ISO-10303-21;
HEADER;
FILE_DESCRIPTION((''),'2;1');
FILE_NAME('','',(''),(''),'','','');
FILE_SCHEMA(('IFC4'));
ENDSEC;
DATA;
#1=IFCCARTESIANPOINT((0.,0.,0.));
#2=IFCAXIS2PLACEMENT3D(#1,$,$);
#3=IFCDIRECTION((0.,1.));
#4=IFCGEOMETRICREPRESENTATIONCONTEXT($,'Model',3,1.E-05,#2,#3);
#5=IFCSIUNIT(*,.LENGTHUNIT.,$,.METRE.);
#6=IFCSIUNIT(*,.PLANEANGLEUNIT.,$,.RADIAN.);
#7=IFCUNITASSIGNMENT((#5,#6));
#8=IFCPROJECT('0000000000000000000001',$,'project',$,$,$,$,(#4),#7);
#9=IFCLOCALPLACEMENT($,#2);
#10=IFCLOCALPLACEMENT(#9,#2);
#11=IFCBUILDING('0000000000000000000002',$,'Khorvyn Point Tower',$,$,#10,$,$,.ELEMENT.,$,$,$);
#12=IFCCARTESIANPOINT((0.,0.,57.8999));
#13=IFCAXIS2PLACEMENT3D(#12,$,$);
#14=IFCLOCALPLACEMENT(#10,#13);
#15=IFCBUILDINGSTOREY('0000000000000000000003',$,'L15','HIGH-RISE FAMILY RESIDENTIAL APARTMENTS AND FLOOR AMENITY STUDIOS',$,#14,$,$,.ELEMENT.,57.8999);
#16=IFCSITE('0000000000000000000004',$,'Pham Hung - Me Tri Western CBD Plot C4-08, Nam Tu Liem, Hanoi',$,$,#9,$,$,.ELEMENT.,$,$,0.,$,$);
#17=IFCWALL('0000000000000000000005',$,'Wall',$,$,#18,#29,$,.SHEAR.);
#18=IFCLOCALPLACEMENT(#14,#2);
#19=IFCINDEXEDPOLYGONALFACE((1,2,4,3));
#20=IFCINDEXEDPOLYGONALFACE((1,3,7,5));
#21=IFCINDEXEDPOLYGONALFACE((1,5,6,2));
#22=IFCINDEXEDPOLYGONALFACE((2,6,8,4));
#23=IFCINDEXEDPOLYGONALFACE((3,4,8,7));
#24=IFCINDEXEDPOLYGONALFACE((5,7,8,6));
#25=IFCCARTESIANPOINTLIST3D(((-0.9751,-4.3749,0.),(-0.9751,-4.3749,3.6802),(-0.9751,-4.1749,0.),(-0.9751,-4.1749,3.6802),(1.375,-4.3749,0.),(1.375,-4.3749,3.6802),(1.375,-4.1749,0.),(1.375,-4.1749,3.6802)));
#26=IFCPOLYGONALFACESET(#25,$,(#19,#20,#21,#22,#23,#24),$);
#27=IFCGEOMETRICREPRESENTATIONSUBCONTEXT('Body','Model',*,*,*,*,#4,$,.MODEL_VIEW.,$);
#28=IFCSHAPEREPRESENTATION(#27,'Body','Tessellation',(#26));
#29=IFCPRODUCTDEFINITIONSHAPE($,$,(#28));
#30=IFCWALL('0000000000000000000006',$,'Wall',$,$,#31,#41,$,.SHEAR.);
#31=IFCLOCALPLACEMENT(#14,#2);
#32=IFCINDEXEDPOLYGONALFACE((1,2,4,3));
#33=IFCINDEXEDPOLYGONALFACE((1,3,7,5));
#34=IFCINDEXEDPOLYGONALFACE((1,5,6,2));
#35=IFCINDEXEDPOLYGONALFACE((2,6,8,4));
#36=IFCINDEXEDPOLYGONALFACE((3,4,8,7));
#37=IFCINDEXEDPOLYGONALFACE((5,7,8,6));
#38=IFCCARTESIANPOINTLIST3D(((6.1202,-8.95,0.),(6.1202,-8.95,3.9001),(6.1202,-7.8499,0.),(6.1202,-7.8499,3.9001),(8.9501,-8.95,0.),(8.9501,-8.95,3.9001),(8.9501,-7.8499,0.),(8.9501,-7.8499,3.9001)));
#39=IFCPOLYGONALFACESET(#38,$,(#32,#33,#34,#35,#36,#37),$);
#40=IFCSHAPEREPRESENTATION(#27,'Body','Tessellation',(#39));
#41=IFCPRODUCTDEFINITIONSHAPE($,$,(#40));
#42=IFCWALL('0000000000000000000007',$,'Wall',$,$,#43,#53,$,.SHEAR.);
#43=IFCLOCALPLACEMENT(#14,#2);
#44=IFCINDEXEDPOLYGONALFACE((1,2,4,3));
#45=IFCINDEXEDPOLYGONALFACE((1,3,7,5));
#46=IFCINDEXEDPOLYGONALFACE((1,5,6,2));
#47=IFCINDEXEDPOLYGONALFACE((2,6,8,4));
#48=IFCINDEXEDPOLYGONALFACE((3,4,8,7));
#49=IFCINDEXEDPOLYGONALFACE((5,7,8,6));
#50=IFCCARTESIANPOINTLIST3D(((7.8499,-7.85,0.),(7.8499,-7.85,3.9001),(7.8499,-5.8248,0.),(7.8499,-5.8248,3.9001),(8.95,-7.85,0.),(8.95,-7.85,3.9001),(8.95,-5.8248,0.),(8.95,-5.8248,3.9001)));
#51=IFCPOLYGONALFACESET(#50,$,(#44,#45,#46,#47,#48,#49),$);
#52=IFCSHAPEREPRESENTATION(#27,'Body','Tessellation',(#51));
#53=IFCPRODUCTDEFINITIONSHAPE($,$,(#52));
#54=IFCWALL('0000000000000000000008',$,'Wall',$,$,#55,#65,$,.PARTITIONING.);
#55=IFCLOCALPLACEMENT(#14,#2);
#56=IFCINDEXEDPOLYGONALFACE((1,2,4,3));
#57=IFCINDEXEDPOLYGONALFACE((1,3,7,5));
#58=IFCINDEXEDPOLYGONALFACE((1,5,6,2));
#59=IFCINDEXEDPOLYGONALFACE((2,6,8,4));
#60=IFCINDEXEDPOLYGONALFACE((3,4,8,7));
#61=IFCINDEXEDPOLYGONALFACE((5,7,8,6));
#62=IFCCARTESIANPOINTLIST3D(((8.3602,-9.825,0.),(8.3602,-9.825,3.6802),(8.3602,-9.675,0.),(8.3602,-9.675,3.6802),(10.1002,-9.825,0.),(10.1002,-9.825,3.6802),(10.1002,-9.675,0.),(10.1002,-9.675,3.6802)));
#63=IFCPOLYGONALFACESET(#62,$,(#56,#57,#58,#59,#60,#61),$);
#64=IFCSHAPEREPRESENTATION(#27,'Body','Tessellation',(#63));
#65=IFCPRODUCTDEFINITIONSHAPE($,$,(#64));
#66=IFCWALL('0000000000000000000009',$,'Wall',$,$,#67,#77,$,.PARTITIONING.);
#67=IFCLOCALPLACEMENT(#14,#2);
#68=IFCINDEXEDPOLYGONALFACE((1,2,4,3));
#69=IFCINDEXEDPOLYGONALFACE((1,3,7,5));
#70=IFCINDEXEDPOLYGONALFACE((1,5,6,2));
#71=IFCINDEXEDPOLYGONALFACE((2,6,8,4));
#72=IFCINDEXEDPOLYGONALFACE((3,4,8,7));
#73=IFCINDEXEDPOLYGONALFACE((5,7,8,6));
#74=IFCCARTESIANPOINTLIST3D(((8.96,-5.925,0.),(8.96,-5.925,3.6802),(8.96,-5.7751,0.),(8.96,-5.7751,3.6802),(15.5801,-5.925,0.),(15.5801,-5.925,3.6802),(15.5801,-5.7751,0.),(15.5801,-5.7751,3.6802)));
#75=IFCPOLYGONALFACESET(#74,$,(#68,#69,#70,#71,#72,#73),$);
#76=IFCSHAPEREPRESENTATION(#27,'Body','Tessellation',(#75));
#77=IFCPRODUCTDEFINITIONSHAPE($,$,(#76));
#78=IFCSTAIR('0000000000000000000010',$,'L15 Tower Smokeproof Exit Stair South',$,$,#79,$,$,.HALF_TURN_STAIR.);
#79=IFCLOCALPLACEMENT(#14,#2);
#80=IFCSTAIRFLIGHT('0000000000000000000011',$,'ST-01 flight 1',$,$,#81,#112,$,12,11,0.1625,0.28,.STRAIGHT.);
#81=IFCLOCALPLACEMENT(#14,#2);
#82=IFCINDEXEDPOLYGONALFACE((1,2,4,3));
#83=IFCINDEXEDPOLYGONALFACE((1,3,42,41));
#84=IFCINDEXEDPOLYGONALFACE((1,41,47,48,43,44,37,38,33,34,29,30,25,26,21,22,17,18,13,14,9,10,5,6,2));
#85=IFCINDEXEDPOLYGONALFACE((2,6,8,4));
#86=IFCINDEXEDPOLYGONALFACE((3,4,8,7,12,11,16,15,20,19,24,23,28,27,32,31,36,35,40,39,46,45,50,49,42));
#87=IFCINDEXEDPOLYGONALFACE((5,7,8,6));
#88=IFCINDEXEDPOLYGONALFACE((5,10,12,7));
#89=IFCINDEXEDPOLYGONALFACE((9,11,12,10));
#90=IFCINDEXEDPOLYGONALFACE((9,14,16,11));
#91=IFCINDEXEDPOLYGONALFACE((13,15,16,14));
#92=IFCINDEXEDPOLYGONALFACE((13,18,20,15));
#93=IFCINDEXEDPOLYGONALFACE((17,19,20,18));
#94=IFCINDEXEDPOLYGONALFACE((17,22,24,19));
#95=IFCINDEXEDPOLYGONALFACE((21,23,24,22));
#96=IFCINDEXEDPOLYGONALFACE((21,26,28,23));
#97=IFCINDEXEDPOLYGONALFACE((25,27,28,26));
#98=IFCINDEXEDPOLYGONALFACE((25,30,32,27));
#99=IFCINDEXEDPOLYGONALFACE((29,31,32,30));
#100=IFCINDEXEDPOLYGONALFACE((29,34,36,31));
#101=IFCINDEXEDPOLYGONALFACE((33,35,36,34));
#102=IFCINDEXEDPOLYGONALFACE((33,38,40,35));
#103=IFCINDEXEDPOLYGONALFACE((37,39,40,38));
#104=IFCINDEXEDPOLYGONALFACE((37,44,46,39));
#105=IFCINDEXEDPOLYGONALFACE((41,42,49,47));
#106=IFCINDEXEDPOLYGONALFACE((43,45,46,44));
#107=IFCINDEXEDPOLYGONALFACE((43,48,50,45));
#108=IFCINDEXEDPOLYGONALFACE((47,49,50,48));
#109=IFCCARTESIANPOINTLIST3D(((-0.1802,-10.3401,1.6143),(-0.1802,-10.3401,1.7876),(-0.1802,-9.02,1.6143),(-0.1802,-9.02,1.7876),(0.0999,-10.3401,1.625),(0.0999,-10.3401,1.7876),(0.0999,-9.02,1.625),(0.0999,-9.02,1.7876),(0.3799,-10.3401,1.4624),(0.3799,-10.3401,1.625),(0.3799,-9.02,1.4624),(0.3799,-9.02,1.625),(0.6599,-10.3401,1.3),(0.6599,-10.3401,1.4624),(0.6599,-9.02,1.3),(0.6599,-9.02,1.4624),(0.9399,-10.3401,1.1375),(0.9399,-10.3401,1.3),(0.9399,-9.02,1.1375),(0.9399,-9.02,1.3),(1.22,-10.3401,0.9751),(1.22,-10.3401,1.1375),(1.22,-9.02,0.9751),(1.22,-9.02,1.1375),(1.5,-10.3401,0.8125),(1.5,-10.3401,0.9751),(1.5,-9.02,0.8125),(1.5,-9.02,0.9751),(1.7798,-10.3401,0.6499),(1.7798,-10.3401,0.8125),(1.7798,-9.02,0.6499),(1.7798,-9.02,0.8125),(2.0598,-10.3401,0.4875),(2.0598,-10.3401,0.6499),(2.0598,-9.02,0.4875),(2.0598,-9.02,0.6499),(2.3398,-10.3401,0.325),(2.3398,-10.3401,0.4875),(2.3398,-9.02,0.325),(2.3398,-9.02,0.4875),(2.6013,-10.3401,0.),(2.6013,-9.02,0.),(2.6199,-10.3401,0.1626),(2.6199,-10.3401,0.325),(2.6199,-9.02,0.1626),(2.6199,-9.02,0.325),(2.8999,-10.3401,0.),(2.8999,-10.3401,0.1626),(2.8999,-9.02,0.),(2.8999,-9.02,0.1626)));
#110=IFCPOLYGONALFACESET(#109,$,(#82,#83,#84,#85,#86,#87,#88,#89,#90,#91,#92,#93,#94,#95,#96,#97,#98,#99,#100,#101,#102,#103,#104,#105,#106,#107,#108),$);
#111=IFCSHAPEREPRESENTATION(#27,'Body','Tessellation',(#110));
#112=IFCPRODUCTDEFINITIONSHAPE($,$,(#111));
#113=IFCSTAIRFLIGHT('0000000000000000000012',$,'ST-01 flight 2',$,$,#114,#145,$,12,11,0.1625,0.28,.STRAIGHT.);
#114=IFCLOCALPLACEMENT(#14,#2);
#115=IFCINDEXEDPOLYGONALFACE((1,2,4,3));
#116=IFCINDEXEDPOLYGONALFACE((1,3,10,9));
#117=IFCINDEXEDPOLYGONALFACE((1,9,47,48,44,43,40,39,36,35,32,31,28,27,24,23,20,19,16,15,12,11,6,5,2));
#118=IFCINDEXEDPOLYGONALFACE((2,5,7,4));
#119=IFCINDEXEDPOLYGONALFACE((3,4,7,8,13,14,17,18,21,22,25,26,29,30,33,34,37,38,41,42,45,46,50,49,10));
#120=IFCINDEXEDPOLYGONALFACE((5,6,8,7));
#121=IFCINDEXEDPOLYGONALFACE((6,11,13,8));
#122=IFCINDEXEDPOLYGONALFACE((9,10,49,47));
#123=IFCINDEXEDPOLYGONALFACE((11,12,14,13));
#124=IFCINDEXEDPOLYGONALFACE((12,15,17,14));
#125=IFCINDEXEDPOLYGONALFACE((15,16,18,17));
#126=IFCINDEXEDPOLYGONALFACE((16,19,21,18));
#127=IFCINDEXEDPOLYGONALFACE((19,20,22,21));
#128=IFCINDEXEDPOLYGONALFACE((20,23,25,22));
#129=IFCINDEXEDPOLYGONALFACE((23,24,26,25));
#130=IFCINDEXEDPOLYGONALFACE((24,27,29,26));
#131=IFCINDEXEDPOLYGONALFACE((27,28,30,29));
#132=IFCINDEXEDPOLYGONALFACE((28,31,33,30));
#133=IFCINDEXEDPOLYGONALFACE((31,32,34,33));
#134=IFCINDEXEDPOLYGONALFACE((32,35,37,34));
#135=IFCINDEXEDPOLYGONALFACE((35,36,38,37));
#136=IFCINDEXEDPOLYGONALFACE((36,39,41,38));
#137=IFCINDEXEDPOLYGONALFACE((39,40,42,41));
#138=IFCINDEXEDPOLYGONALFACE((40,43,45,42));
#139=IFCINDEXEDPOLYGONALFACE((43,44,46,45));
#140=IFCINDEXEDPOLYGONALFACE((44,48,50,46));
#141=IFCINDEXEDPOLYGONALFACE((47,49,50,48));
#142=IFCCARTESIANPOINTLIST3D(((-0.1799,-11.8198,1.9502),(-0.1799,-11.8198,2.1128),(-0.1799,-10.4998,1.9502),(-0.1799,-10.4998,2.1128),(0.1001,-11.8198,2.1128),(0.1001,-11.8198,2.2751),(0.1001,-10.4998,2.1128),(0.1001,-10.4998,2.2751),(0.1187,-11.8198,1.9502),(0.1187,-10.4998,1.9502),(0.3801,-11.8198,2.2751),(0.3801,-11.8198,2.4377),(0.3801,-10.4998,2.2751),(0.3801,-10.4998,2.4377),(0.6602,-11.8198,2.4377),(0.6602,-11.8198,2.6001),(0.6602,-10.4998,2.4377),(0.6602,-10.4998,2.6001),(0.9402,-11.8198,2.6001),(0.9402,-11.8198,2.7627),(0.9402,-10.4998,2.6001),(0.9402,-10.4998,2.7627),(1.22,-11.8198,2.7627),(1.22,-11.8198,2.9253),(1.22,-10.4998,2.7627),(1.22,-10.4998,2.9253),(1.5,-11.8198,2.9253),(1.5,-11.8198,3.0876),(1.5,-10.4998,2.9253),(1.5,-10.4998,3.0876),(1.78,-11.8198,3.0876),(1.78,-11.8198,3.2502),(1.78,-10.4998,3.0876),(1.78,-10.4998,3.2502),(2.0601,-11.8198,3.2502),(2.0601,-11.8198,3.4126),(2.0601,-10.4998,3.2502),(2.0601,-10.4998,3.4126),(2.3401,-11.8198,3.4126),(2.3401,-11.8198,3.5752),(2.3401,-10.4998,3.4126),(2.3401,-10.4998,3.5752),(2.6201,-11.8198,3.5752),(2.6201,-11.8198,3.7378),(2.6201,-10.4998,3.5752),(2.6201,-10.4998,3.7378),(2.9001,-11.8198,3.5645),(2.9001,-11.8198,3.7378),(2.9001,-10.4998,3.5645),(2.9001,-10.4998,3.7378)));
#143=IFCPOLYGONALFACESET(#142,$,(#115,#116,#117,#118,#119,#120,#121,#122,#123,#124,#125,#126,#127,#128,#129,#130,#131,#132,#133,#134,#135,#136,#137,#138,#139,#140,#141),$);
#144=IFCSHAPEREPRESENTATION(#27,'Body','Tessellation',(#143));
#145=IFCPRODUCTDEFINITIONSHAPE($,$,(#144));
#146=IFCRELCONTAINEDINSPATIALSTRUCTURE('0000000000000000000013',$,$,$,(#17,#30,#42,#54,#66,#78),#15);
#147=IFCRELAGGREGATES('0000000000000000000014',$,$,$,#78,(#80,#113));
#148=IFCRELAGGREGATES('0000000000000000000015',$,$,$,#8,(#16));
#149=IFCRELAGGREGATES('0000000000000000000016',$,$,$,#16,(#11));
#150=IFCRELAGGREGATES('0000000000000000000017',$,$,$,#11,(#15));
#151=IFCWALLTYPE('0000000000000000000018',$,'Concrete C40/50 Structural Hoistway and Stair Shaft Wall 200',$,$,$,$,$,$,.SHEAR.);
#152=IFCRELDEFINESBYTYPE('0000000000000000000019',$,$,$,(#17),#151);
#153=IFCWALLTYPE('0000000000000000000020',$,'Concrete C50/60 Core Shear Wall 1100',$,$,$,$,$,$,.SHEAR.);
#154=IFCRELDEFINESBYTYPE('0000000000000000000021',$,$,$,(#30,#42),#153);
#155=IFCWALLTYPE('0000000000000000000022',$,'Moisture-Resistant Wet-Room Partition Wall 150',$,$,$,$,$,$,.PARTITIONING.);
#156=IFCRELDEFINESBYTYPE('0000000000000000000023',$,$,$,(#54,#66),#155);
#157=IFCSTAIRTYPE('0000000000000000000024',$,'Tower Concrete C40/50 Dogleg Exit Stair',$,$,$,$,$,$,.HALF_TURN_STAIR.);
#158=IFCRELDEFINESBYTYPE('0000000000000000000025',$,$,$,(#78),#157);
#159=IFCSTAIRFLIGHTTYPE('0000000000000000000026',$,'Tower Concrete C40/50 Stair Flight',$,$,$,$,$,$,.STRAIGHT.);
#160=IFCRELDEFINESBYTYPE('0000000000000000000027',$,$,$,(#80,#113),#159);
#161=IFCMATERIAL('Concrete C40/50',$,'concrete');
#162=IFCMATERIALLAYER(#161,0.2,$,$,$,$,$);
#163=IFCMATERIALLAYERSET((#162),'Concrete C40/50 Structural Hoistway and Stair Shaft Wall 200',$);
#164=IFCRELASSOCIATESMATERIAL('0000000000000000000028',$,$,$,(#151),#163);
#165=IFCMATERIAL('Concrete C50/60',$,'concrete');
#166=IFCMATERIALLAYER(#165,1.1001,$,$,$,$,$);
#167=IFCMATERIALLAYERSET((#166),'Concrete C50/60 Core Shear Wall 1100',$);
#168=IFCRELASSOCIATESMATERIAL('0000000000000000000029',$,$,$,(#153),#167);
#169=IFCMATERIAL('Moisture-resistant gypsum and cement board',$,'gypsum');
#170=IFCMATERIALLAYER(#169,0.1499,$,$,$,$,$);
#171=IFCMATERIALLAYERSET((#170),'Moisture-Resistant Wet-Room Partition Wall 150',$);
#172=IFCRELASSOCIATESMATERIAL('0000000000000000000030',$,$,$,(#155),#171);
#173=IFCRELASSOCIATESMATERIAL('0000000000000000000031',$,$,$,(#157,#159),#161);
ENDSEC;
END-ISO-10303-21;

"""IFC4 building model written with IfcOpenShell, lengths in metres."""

from ifc_helpers import new_model, si_unit, direction, frame, frame_2d, origin, place, context, subcontext, project, spatial, polyline, rectangle, outline, extrude, material, layer, layer_set, type_object, element, aggregate, save


model = new_model("IFC4")

# Units and contexts
model_context = context("Model", 3, precision=1e-05, world=origin(), true_north=direction((0.0, 1.0)))
body_context = subcontext(model_context, "Body", "Model", "MODEL_VIEW")
ifc_project = project(units=[si_unit("LENGTHUNIT", "METRE"), si_unit("PLANEANGLEUNIT", "RADIAN")], contexts=[model_context])

# Site, building, storey
site_placement = place(None, origin())
site = spatial("IfcSite", under=ifc_project, at=site_placement, Name="Pham Hung - Me Tri Western CBD Plot C4-08, Nam Tu Liem, Hanoi", CompositionType="ELEMENT", RefElevation=0.0)
building_placement = place(site_placement, origin())
building = spatial("IfcBuilding", under=site, at=building_placement, Name="Khorvyn Point Tower", CompositionType="ELEMENT")
storey_placement = place(building_placement, frame((0.0, 0.0, 57.8999)))
storey = spatial("IfcBuildingStorey", under=building, at=storey_placement, Name="L15", Description="HIGH-RISE FAMILY RESIDENTIAL APARTMENTS AND FLOOR AMENITY STUDIOS", CompositionType="ELEMENT", Elevation=57.8999)

# Shared definitions
ifc_material_1 = material(Name="Concrete C50/60", Category="concrete")

# Shared definitions
ifc_material_2 = material(Name="Concrete C40/50", Category="concrete")

# Shared definitions
ifc_layer_1 = layer(ifc_material_2, 0.2)
ifc_layer_set_1 = layer_set([ifc_layer_1], Name="Concrete C40/50 Structural Hoistway and Stair Shaft Wall 200")
wall_type_1 = type_object("IfcWallType", Name="Concrete C40/50 Structural Hoistway and Stair Shaft Wall 200", PredefinedType="SHEAR", material=ifc_layer_set_1)

# Walls
for number, where, z_axis, x_axis, name in (
    (1, (-0.9751, -4.2749, 0.0), (0.0, 0.0, 1.0), (1.0, 0.0, 0.0), "Wall"),
):
    element("IfcWall", number, at=place(storey_placement, frame(where, z_axis=z_axis, x_axis=x_axis)), inside=storey, type_object=wall_type_1, Name=name, PredefinedType="SHEAR", context=body_context, shape_type="SweptSolid", body=[
        extrude(rectangle(XDim=2.3501, YDim=0.2, at=frame_2d((1.175, 0.0))), origin(), (0.0, 0.0, 1.0), 3.6802),
    ])
ifc_layer_2 = layer(ifc_material_1, 1.1001)
ifc_layer_set_2 = layer_set([ifc_layer_2], Name="Concrete C50/60 Core Shear Wall 1100")
wall_type_2 = type_object("IfcWallType", Name="Concrete C50/60 Core Shear Wall 1100", PredefinedType="SHEAR", material=ifc_layer_set_2)
wall_1_placement = place(storey_placement, frame((6.1201, -8.3999, 0.0), z_axis=(0.0, 0.0, 1.0), x_axis=(1.0, 0.0, 0.0)))
element("IfcWall", 2, at=wall_1_placement, inside=storey, type_object=wall_type_2, Name="Wall", PredefinedType="SHEAR", context=body_context, shape_type="SweptSolid", body=[
    extrude(rectangle(XDim=2.8298, YDim=1.1001, at=frame_2d((1.415, 0.0))), origin(), (0.0, 0.0, 1.0), 3.9001),
])
wall_2_placement = place(storey_placement, frame((8.3999, -7.8501, 0.0), z_axis=(0.0, 0.0, 1.0), x_axis=(0.0, 1.0, 0.0)))
element("IfcWall", 3, at=wall_2_placement, inside=storey, type_object=wall_type_2, Name="Wall", PredefinedType="SHEAR", context=body_context, shape_type="SweptSolid", body=[
    extrude(rectangle(XDim=2.0251, YDim=1.1001, at=frame_2d((1.0127, 0.0))), origin(), (0.0, 0.0, 1.0), 3.9001),
])
ifc_material_3 = material(Name="Moisture-resistant gypsum and cement board", Category="gypsum")
ifc_layer_3 = layer(ifc_material_3, 0.1499)
ifc_layer_set_3 = layer_set([ifc_layer_3], Name="Moisture-Resistant Wet-Room Partition Wall 150")
wall_type_3 = type_object("IfcWallType", Name="Moisture-Resistant Wet-Room Partition Wall 150", PredefinedType="PARTITIONING", material=ifc_layer_set_3)
wall_3_placement = place(storey_placement, frame((8.3601, -9.75, 0.0), z_axis=(0.0, 0.0, 1.0), x_axis=(1.0, 0.0, 0.0)))
element("IfcWall", 4, at=wall_3_placement, inside=storey, type_object=wall_type_3, Name="Wall", PredefinedType="PARTITIONING", context=body_context, shape_type="SweptSolid", body=[
    extrude(rectangle(XDim=1.74, YDim=0.1499, at=frame_2d((0.8701, 0.0))), origin(), (0.0, 0.0, 1.0), 3.6802),
])
wall_4_placement = place(storey_placement, frame((8.96, -5.8501, 0.0), z_axis=(0.0, 0.0, 1.0), x_axis=(1.0, 0.0, 0.0)))
element("IfcWall", 5, at=wall_4_placement, inside=storey, type_object=wall_type_3, Name="Wall", PredefinedType="PARTITIONING", context=body_context, shape_type="SweptSolid", body=[
    extrude(rectangle(XDim=6.6201, YDim=0.1499, at=frame_2d((3.3101, 0.0))), origin(), (0.0, 0.0, 1.0), 3.6802),
])

# Stair, stair flights
stair_type = type_object("IfcStairType", Name="Tower Concrete C40/50 Dogleg Exit Stair", PredefinedType="HALF_TURN_STAIR", material=ifc_material_2)
stair_placement = place(storey_placement, origin())
stair = element("IfcStair", 6, at=stair_placement, inside=storey, type_object=stair_type, Name="L15 Tower Smokeproof Exit Stair South", PredefinedType="HALF_TURN_STAIR")
stair_flight_type = type_object("IfcStairFlightType", Name="Tower Concrete C40/50 Stair Flight", PredefinedType="STRAIGHT", material=ifc_material_2)
stair_flight_1_placement = place(storey_placement, frame((2.8999, -9.6799, 0.0), z_axis=(0.0, 0.0, 1.0), x_axis=(-1.0, 0.0, 0.0)))
stair_flight_1 = element("IfcStairFlight", 7, at=stair_flight_1_placement, type_object=stair_flight_type, Name="ST-01 flight 1", NumberOfRisers=12, NumberOfTreads=11, PredefinedType="STRAIGHT", RiserHeight=0.1625, TreadLength=0.28, context=body_context, shape_type="SweptSolid", body=[
    extrude(outline(polyline([(0.0, 0.0), (0.0, 0.1626), (0.28, 0.1626), (0.28, 0.325), (0.5601, 0.325), (0.5601, 0.4875), (0.8401, 0.4875), (0.8401, 0.6499), (1.1201, 0.6499), (1.1201, 0.8125), (1.3999, 0.8125), (1.3999, 0.9751), (1.6799, 0.9751), (1.6799, 1.1375), (1.96, 1.1375), (1.96, 1.3), (2.24, 1.3), (2.24, 1.4624), (2.52, 1.4624), (2.52, 1.625), (2.8, 1.625), (2.8, 1.7876), (3.0801, 1.7876), (3.0801, 1.95), (3.0801, 1.6143), (0.2986, 0.0), (0.0, 0.0)])), frame((0.0, 0.6602, 0.0), z_axis=(0.0, -1.0, 0.0), x_axis=(1.0, 0.0, 0.0)), (0.0, 0.0, 1.0), 1.3201),
])
stair_flight_2_placement = place(storey_placement, frame((-0.1799, -11.1599, 1.9502), z_axis=(0.0, 0.0, 1.0), x_axis=(1.0, 0.0, 0.0)))
stair_flight_2 = element("IfcStairFlight", 8, at=stair_flight_2_placement, type_object=stair_flight_type, Name="ST-01 flight 2", NumberOfRisers=12, NumberOfTreads=11, PredefinedType="STRAIGHT", RiserHeight=0.1625, TreadLength=0.28, context=body_context, shape_type="SweptSolid", body=[
    extrude(outline(polyline([(0.0, 0.0), (0.0, 0.1626), (0.28, 0.1626), (0.28, 0.325), (0.5601, 0.325), (0.5601, 0.4875), (0.8401, 0.4875), (0.8401, 0.6499), (1.1201, 0.6499), (1.1201, 0.8125), (1.3999, 0.8125), (1.3999, 0.9751), (1.6799, 0.9751), (1.6799, 1.1375), (1.96, 1.1375), (1.96, 1.3), (2.24, 1.3), (2.24, 1.4624), (2.52, 1.4624), (2.52, 1.625), (2.8, 1.625), (2.8, 1.7876), (3.0801, 1.7876), (3.0801, 1.95), (3.0801, 1.6143), (0.2986, 0.0), (0.0, 0.0)])), frame((0.0, 0.6602, 0.0), z_axis=(0.0, -1.0, 0.0), x_axis=(1.0, 0.0, 0.0)), (0.0, 0.0, 1.0), 1.3201),
])
aggregate(stair, [stair_flight_1, stair_flight_2])

save(model, "model.ifc")
